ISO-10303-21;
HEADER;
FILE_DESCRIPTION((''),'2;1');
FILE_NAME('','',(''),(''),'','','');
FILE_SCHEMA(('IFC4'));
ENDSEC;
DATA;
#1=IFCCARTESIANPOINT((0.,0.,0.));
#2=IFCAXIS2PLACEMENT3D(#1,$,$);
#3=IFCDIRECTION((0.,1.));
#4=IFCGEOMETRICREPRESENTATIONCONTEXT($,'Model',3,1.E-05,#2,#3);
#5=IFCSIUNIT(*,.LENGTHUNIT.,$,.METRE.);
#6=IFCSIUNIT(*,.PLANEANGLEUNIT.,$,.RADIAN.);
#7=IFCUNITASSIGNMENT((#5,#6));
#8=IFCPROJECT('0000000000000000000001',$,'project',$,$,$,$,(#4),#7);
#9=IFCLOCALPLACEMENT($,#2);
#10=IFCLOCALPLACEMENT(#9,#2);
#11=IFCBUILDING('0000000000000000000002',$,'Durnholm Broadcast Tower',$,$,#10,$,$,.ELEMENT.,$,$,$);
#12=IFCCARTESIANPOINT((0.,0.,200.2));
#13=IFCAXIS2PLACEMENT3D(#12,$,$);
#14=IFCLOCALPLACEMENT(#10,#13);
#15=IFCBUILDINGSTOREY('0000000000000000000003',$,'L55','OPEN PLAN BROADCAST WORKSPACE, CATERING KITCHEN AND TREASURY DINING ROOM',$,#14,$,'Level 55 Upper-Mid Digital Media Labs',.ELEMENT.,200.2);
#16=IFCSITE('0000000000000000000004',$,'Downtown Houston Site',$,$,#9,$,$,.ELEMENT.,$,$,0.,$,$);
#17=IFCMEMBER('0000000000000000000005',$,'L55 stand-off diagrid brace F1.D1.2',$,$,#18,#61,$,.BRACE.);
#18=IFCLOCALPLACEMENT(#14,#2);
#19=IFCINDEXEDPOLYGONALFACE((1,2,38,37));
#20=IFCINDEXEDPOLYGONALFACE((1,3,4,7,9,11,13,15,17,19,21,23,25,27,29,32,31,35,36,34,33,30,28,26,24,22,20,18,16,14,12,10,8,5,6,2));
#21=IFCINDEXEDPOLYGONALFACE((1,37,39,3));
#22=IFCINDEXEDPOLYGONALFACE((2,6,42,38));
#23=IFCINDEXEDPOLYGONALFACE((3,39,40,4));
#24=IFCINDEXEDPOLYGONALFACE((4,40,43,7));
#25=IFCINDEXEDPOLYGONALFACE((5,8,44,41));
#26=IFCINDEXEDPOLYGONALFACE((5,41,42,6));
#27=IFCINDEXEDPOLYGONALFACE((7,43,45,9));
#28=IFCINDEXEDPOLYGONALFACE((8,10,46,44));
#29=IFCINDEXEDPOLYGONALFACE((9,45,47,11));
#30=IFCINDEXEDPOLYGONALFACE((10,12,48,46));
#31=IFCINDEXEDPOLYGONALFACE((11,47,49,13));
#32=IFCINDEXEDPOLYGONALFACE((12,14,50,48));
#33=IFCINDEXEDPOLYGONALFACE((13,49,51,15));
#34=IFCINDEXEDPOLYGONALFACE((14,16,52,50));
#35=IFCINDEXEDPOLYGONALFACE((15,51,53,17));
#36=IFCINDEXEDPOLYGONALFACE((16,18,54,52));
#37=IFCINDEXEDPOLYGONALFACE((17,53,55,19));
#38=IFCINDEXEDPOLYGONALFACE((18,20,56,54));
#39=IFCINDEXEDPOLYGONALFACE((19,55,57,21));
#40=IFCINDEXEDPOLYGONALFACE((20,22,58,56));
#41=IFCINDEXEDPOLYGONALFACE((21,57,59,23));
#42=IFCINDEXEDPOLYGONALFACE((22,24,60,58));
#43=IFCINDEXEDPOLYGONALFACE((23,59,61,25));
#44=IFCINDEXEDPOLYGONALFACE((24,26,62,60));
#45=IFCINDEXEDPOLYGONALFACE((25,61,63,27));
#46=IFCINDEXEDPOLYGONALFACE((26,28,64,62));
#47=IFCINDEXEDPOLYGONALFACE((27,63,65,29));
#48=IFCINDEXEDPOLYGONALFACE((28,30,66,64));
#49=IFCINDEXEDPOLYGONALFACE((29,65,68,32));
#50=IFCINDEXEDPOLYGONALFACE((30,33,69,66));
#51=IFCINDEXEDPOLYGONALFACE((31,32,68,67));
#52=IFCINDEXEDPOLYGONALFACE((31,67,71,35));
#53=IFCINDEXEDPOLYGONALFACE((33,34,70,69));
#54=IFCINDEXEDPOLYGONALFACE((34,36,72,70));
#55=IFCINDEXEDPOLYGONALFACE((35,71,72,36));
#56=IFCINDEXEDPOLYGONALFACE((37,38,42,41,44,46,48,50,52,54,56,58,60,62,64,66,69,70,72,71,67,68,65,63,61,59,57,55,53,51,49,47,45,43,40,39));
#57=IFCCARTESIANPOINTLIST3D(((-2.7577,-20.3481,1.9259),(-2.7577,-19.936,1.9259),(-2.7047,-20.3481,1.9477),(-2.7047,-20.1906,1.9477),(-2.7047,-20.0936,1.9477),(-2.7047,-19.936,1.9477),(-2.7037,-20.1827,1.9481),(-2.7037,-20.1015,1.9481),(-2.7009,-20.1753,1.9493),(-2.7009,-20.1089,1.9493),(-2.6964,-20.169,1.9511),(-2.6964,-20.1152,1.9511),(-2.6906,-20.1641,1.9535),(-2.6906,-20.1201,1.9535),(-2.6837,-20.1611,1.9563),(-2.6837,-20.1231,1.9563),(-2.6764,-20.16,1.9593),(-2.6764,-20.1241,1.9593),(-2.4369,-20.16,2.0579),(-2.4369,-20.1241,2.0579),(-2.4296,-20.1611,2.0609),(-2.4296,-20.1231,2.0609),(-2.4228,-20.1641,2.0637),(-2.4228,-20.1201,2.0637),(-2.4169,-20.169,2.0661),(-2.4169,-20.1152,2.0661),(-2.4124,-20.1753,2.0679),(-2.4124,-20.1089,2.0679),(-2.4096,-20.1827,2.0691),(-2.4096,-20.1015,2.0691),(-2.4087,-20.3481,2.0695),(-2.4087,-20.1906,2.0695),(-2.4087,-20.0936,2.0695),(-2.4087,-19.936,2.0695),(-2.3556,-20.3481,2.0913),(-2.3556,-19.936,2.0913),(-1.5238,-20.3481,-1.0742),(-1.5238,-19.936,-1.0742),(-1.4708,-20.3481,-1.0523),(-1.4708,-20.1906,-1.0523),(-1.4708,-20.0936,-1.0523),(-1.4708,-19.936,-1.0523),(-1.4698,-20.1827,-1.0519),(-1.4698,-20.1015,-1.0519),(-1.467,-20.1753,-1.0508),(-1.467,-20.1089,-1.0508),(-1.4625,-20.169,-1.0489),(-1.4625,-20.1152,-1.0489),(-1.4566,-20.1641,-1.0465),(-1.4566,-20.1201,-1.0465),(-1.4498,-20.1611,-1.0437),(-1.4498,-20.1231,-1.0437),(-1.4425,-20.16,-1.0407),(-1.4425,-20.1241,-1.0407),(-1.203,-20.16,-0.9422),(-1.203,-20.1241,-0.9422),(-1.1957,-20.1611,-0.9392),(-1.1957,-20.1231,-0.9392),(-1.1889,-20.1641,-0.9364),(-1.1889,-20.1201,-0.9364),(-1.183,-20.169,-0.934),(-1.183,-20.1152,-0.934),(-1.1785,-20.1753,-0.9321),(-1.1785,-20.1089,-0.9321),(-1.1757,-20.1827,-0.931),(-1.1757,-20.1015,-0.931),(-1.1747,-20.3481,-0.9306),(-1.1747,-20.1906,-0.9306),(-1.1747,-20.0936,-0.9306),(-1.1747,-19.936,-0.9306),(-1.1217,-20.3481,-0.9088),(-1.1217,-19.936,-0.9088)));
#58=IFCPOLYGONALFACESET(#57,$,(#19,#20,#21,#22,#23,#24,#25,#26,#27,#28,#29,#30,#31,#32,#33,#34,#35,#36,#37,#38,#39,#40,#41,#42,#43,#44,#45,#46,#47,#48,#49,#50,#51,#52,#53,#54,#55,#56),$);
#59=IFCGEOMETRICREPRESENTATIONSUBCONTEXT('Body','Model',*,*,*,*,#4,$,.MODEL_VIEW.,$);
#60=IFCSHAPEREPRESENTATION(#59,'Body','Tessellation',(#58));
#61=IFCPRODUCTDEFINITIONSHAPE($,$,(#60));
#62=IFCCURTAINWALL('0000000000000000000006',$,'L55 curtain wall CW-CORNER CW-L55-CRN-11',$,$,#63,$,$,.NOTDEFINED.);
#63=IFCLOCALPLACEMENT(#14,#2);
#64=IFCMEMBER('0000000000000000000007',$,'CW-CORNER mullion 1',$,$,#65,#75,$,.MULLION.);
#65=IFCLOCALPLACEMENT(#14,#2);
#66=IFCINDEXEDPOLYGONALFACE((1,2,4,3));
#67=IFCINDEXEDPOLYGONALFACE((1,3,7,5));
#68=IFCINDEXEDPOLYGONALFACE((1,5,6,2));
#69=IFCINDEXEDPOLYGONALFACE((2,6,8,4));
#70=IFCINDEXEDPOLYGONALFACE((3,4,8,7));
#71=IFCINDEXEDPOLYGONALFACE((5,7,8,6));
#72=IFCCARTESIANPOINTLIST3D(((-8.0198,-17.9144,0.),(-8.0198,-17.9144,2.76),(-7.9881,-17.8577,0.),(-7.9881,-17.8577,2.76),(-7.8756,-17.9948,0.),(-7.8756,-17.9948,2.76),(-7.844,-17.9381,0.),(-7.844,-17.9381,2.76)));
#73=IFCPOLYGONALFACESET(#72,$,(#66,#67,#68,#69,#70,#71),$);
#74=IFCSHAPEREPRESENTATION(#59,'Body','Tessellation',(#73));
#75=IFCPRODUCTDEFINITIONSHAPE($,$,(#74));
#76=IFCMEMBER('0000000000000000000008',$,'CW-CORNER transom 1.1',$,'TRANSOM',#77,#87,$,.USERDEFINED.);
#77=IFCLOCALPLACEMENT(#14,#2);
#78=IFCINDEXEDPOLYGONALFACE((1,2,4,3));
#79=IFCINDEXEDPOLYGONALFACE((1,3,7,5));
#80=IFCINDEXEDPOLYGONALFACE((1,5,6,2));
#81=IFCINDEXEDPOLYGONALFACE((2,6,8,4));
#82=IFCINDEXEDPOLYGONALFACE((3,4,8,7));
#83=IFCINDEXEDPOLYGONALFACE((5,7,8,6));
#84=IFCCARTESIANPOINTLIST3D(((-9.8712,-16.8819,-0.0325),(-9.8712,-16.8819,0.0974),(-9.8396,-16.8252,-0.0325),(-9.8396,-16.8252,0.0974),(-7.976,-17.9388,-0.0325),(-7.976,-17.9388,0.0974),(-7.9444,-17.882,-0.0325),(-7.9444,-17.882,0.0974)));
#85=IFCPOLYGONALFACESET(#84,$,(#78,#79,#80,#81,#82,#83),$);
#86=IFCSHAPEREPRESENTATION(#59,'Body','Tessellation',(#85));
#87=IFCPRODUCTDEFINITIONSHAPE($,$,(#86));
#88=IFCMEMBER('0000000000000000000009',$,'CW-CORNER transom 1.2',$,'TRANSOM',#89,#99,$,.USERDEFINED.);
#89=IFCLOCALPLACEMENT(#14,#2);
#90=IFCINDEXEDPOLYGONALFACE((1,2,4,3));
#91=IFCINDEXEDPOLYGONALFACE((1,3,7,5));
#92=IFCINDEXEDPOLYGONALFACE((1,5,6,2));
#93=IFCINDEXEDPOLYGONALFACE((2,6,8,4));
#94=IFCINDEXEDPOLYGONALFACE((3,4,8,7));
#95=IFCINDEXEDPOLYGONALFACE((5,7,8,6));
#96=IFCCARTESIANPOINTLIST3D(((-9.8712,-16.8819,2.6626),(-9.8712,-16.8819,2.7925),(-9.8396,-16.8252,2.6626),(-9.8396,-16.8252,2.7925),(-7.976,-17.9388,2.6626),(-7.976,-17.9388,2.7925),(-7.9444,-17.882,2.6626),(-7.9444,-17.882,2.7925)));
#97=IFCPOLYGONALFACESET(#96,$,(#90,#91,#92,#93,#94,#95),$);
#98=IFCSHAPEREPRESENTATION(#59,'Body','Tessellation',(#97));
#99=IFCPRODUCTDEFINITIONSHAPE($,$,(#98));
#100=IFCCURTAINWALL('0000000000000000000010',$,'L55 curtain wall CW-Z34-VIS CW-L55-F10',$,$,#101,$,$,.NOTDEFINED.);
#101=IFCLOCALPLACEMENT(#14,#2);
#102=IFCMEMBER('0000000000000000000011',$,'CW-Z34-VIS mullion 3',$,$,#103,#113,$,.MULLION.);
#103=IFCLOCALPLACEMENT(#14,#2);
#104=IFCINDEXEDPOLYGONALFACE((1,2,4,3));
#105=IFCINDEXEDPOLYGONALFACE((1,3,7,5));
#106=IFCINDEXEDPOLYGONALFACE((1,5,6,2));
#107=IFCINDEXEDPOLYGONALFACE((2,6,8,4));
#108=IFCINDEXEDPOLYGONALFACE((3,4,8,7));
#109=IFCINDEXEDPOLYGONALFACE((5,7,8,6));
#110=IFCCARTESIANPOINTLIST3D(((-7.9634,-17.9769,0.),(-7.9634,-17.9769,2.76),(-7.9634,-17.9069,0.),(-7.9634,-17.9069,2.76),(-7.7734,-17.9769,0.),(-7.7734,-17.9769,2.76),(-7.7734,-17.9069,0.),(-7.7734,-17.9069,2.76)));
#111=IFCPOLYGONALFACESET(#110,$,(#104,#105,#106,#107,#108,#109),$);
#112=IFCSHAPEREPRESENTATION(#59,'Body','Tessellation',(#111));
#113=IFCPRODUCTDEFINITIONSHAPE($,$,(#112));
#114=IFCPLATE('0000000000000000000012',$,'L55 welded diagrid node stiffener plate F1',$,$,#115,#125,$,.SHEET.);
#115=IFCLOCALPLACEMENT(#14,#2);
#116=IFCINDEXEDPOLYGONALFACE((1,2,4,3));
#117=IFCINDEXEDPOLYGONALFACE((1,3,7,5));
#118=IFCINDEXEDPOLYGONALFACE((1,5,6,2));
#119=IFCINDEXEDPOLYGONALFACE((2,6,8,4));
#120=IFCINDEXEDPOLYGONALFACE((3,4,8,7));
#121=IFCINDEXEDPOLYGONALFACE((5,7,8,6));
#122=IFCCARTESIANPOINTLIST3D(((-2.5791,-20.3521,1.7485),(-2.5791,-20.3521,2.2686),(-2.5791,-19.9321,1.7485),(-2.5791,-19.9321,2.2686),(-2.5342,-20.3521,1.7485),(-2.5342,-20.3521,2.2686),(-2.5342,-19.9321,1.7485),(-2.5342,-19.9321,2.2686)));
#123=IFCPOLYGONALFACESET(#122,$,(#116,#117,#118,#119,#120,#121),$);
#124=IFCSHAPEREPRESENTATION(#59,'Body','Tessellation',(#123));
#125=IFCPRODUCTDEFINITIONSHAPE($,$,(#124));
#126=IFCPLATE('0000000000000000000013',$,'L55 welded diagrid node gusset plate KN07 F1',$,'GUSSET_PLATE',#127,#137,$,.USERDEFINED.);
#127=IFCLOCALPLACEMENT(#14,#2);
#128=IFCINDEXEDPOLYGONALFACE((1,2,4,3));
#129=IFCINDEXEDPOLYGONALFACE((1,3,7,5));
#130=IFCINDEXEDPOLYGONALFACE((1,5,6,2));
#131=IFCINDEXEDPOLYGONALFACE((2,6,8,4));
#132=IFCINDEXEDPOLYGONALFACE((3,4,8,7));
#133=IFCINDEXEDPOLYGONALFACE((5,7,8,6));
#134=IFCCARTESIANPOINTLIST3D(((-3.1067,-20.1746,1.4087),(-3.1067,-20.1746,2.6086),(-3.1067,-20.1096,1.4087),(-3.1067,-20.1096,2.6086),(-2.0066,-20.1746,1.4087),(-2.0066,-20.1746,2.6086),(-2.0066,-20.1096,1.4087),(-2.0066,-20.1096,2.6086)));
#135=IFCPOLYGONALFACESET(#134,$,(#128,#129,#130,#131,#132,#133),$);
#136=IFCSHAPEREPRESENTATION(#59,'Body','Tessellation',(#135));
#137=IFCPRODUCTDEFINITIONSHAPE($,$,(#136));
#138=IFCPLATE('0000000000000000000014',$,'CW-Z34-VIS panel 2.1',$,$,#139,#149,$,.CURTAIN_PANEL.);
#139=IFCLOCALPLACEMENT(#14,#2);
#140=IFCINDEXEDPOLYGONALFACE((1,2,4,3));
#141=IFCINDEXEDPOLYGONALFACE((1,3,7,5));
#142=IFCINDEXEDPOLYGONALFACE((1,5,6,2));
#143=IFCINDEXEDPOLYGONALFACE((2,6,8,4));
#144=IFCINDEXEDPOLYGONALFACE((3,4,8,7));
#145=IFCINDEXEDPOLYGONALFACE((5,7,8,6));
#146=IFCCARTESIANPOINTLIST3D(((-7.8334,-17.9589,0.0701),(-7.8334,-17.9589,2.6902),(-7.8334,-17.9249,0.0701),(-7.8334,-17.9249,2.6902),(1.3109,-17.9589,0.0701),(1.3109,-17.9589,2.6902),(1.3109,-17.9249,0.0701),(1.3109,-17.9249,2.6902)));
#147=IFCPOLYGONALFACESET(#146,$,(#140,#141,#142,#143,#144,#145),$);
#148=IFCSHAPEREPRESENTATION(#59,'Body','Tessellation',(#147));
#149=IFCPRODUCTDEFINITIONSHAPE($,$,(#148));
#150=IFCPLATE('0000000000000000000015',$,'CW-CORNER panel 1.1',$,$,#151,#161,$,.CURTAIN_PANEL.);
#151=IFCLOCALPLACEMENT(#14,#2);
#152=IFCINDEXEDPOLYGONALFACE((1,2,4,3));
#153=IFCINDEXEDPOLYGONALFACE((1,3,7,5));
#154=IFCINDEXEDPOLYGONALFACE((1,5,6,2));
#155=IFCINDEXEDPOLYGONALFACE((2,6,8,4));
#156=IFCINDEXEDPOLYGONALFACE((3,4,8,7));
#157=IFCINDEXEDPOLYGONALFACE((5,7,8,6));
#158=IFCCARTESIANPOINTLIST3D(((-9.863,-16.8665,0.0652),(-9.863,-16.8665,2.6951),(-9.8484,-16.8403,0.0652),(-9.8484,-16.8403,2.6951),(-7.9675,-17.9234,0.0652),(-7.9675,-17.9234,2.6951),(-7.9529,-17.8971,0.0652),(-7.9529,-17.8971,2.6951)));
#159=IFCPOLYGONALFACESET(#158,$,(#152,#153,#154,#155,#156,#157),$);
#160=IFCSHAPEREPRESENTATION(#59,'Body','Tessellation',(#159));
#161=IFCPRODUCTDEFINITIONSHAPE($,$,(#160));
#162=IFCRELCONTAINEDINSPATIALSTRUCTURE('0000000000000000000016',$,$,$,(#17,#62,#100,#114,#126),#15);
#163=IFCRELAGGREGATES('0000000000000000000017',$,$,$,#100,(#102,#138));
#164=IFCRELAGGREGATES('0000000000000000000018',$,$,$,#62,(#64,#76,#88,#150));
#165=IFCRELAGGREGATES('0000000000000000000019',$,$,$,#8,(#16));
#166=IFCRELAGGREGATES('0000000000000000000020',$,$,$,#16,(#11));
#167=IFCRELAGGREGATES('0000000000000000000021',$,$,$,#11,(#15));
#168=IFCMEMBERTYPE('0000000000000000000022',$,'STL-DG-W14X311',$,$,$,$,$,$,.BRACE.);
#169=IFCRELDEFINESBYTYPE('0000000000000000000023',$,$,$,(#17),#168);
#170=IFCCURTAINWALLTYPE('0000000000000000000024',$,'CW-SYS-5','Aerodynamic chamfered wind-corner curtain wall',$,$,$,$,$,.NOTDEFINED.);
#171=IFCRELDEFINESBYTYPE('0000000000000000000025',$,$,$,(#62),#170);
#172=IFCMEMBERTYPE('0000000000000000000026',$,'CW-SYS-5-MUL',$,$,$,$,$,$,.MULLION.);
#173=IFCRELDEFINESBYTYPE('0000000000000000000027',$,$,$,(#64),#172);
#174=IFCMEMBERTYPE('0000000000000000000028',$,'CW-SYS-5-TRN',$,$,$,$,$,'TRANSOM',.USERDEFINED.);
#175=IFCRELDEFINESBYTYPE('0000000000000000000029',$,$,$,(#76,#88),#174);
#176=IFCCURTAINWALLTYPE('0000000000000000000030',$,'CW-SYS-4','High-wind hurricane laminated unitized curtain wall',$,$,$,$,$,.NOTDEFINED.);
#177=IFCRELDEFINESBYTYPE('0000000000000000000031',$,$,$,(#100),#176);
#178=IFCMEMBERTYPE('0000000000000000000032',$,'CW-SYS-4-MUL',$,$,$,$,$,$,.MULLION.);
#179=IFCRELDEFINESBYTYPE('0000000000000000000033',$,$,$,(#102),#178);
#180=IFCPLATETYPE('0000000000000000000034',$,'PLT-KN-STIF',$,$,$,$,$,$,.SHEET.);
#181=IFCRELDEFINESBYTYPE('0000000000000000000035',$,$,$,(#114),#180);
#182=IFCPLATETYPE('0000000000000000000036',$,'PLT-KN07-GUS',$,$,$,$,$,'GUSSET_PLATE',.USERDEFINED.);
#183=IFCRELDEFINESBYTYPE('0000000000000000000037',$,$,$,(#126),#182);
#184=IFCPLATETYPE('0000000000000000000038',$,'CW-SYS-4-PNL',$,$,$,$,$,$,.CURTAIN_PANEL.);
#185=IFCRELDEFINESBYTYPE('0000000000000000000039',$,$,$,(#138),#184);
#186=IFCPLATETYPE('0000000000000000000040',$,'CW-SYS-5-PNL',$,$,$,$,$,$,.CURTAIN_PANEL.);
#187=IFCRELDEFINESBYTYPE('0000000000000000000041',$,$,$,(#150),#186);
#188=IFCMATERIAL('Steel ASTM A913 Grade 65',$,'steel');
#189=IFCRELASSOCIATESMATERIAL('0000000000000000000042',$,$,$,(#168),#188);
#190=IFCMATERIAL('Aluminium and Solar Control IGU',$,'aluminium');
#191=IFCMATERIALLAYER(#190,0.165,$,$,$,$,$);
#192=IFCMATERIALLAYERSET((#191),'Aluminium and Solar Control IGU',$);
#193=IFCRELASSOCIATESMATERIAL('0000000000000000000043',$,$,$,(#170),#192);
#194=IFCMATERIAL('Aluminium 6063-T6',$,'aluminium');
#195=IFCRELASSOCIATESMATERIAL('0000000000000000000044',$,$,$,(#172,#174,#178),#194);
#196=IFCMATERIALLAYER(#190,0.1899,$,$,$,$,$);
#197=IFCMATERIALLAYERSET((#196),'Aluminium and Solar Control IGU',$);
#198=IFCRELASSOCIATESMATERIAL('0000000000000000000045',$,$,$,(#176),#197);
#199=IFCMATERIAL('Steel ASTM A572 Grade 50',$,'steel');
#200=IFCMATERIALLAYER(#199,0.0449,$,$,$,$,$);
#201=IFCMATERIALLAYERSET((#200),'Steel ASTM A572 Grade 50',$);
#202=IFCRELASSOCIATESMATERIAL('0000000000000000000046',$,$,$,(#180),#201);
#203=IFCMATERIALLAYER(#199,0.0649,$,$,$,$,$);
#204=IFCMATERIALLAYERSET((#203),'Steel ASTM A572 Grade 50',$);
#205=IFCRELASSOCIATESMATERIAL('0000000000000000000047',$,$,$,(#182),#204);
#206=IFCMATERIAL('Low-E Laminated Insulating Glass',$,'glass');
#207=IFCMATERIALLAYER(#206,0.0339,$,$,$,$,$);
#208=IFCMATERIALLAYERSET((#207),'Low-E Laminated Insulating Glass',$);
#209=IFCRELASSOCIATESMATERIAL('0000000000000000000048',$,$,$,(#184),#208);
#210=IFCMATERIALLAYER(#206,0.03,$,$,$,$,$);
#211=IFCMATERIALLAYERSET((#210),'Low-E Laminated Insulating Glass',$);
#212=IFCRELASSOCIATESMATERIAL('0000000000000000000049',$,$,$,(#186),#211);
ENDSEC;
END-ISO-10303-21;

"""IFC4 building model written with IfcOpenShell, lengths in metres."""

from ifc_helpers import new_model, si_unit, direction, frame, origin, origin_2d, place, context, subcontext, project, spatial, rectangle, i_section, extrude, source, transform, mapped, material, layer, layer_set, material_profile, profile_set, type_object, type_shapes, element, aggregate, save


model = new_model("IFC4")

# Units and contexts
model_context = context("Model", 3, precision=1e-05, world=origin(), true_north=direction((0.0, 1.0)))
body_context = subcontext(model_context, "Body", "Model", "MODEL_VIEW")
ifc_project = project(units=[si_unit("LENGTHUNIT", "METRE"), si_unit("PLANEANGLEUNIT", "RADIAN")], contexts=[model_context])

# Site, building, storey
site_placement = place(None, origin())
site = spatial("IfcSite", under=ifc_project, at=site_placement, Name="Downtown Houston Site", CompositionType="ELEMENT", RefElevation=0.0)
building_placement = place(site_placement, origin())
building = spatial("IfcBuilding", under=site, at=building_placement, Name="Durnholm Broadcast Tower", CompositionType="ELEMENT")
storey_placement = place(building_placement, frame((0.0, 0.0, 200.2)))
storey = spatial("IfcBuildingStorey", under=building, at=storey_placement, Name="L55", Description="OPEN PLAN BROADCAST WORKSPACE, CATERING KITCHEN AND TREASURY DINING ROOM", LongName="Level 55 Upper-Mid Digital Media Labs", CompositionType="ELEMENT", Elevation=200.2)

# Member
ifc_material_1 = material(Name="Steel ASTM A913 Grade 65", Category="steel")
ifc_material_profile_1 = material_profile(ifc_material_1, i_section(OverallWidth=0.4121, OverallDepth=0.4348, WebThickness=0.0359, FlangeThickness=0.0574, FilletRadius=0.0305, at=origin_2d()), Name="W14X311")
ifc_profile_set_1 = profile_set([ifc_material_profile_1], Name="Steel ASTM A913 Grade 65")
member_type_1 = type_object("IfcMemberType", Name="STL-DG-W14X311", PredefinedType="BRACE", material=ifc_profile_set_1)
shared_shape_1 = source(origin(), body_context, "Body", "SweptSolid", [
    extrude(i_section(OverallWidth=0.4121, OverallDepth=0.4348, WebThickness=0.0359, FlangeThickness=0.0574, FilletRadius=0.0305, at=origin_2d()), origin(), (0.0, 0.0, 1.0), 3.2439),
])
member_1_placement = place(storey_placement, frame((-1.3228, -20.1421, -0.9915), z_axis=(-0.380379, 0.0, 0.924831), x_axis=(0.0, -1.0, 0.0)))
element("IfcMember", 1, at=member_1_placement, inside=storey, type_object=member_type_1, Name="L55 stand-off diagrid brace F1.D1.2", PredefinedType="BRACE", context=body_context, shape_type="MappedRepresentation", body=[
    mapped(shared_shape_1, transform((0.0, 0.0, 0.0), x_axis=(1.0, 0.0, 0.0), y_axis=(0.0, 1.0, 0.0), z_axis=(0.0, 0.0, 1.0), scale=1.0)),
])

# Curtain wall, members
ifc_material_2 = material(Name="Aluminium and Solar Control IGU", Category="aluminium")
ifc_layer_1 = layer(ifc_material_2, 0.165)
ifc_layer_set_1 = layer_set([ifc_layer_1], Name="Aluminium and Solar Control IGU")
curtain_wall_type_1 = type_object("IfcCurtainWallType", Name="CW-SYS-5", Description="Aerodynamic chamfered wind-corner curtain wall", PredefinedType="NOTDEFINED", material=ifc_layer_set_1)
curtain_wall_1_placement = place(storey_placement, origin())
curtain_wall_1 = element("IfcCurtainWall", 2, at=curtain_wall_1_placement, inside=storey, type_object=curtain_wall_type_1, Name="L55 curtain wall CW-CORNER CW-L55-CRN-11", PredefinedType="NOTDEFINED")
ifc_material_3 = material(Name="Aluminium 6063-T6", Category="aluminium")
ifc_material_profile_2 = material_profile(ifc_material_3, rectangle(XDim=0.0649, YDim=0.165, at=origin_2d()), Name="CWM65X165")
ifc_profile_set_2 = profile_set([ifc_material_profile_2], Name="Aluminium 6063-T6")
member_type_2 = type_object("IfcMemberType", Name="CW-SYS-5-MUL", PredefinedType="MULLION", material=ifc_profile_set_2)
shared_shape_2 = source(origin(), body_context, "Body", "SweptSolid", [
    extrude(rectangle(XDim=0.0649, YDim=0.165, at=origin_2d()), origin(), (0.0, 0.0, 1.0), 2.76),
])
type_shapes(member_type_2, [shared_shape_2])
member_2_placement = place(storey_placement, frame((-7.9319, -17.9263, 0.0), z_axis=(0.0, 0.0, 1.0), x_axis=(-0.486986, -0.87341, 0.0)))
member_2 = element("IfcMember", 3, at=member_2_placement, type_object=member_type_2, Name="CW-CORNER mullion 1", PredefinedType="MULLION", context=body_context, shape_type="MappedRepresentation", body=[
    mapped(shared_shape_2, transform((0.0, 0.0, 0.0), x_axis=(1.0, 0.0, 0.0), y_axis=(0.0, 1.0, 0.0), z_axis=(0.0, 0.0, 1.0), scale=1.0)),
])
ifc_material_profile_3 = material_profile(ifc_material_3, rectangle(XDim=0.0649, YDim=0.1299, at=origin_2d()), Name="CWT65X130")
ifc_profile_set_3 = profile_set([ifc_material_profile_3], Name="Aluminium 6063-T6")
member_type_3 = type_object("IfcMemberType", Name="CW-SYS-5-TRN", ElementType="TRANSOM", PredefinedType="USERDEFINED", material=ifc_profile_set_3)
shared_shape_3 = source(origin(), body_context, "Body", "SweptSolid", [
    extrude(rectangle(XDim=0.0649, YDim=0.1299, at=origin_2d()), origin(), (0.0, 0.0, 1.0), 2.1699),
])
type_shapes(member_type_3, [shared_shape_3])
member_3_placement = place(storey_placement, frame((-7.9602, -17.9104, 0.0325), z_axis=(-0.873381, 0.487037, 0.0), x_axis=(-0.487037, -0.873381, 0.0)))
member_3 = element("IfcMember", 4, at=member_3_placement, type_object=member_type_3, Name="CW-CORNER transom 1.1", ObjectType="TRANSOM", PredefinedType="USERDEFINED", context=body_context, shape_type="MappedRepresentation", body=[
    mapped(shared_shape_3, transform((0.0, 0.0, 0.0), x_axis=(1.0, 0.0, 0.0), y_axis=(0.0, 1.0, 0.0), z_axis=(0.0, 0.0, 1.0), scale=1.0)),
])
member_4_placement = place(storey_placement, frame((-7.9602, -17.9104, 2.7275), z_axis=(-0.873381, 0.487037, 0.0), x_axis=(-0.487037, -0.873381, 0.0)))
member_4 = element("IfcMember", 5, at=member_4_placement, type_object=member_type_3, Name="CW-CORNER transom 1.2", ObjectType="TRANSOM", PredefinedType="USERDEFINED", context=body_context, shape_type="MappedRepresentation", body=[
    mapped(shared_shape_3, transform((0.0, 0.0, 0.0), x_axis=(1.0, 0.0, 0.0), y_axis=(0.0, 1.0, 0.0), z_axis=(0.0, 0.0, 1.0), scale=1.0)),
])

# Curtain wall, member
ifc_layer_2 = layer(ifc_material_2, 0.1899)
ifc_layer_set_2 = layer_set([ifc_layer_2], Name="Aluminium and Solar Control IGU")
curtain_wall_type_2 = type_object("IfcCurtainWallType", Name="CW-SYS-4", Description="High-wind hurricane laminated unitized curtain wall", PredefinedType="NOTDEFINED", material=ifc_layer_set_2)
curtain_wall_2_placement = place(storey_placement, origin())
curtain_wall_2 = element("IfcCurtainWall", 6, at=curtain_wall_2_placement, inside=storey, type_object=curtain_wall_type_2, Name="L55 curtain wall CW-Z34-VIS CW-L55-F10", PredefinedType="NOTDEFINED")
ifc_material_profile_4 = material_profile(ifc_material_3, rectangle(XDim=0.0701, YDim=0.1899, at=origin_2d()), Name="CWM70X190")
ifc_profile_set_4 = profile_set([ifc_material_profile_4], Name="Aluminium 6063-T6")
member_type_4 = type_object("IfcMemberType", Name="CW-SYS-4-MUL", PredefinedType="MULLION", material=ifc_profile_set_4)
shared_shape_4 = source(origin(), body_context, "Body", "SweptSolid", [
    extrude(rectangle(XDim=0.0701, YDim=0.1899, at=origin_2d()), origin(), (0.0, 0.0, 1.0), 2.76),
])
type_shapes(member_type_4, [shared_shape_4])
member_5_placement = place(storey_placement, frame((-7.8684, -17.9419, 0.0), z_axis=(0.0, 0.0, 1.0), x_axis=(0.0, -1.0, 0.0)))
member_5 = element("IfcMember", 7, at=member_5_placement, type_object=member_type_4, Name="CW-Z34-VIS mullion 3", PredefinedType="MULLION", context=body_context, shape_type="MappedRepresentation", body=[
    mapped(shared_shape_4, transform((0.0, 0.0, 0.0), x_axis=(1.0, 0.0, 0.0), y_axis=(0.0, 1.0, 0.0), z_axis=(0.0, 0.0, 1.0), scale=1.0)),
])

# Plates
ifc_material_4 = material(Name="Steel ASTM A572 Grade 50", Category="steel")
ifc_layer_3 = layer(ifc_material_4, 0.0449)
ifc_layer_set_3 = layer_set([ifc_layer_3], Name="Steel ASTM A572 Grade 50")
plate_type_1 = type_object("IfcPlateType", Name="PLT-KN-STIF", PredefinedType="SHEET", material=ifc_layer_set_3)
shared_shape_5 = source(origin(), body_context, "Body", "SweptSolid", [
    extrude(rectangle(XDim=0.0449, YDim=0.4199, at=origin_2d()), origin(), (0.0, 0.0, 1.0), 0.52),
])
type_shapes(plate_type_1, [shared_shape_5])
plate_1_placement = place(storey_placement, frame((-2.5566, -20.1421, 1.7485), z_axis=(0.0, 0.0, 1.0), x_axis=(1.0, 0.0, 0.0)))
element("IfcPlate", 8, at=plate_1_placement, inside=storey, type_object=plate_type_1, Name="L55 welded diagrid node stiffener plate F1", PredefinedType="SHEET", context=body_context, shape_type="MappedRepresentation", body=[
    mapped(shared_shape_5, transform((0.0, 0.0, 0.0), x_axis=(1.0, 0.0, 0.0), y_axis=(0.0, 1.0, 0.0), z_axis=(0.0, 0.0, 1.0), scale=1.0)),
])
ifc_layer_4 = layer(ifc_material_4, 0.0649)
ifc_layer_set_4 = layer_set([ifc_layer_4], Name="Steel ASTM A572 Grade 50")
plate_type_2 = type_object("IfcPlateType", Name="PLT-KN07-GUS", ElementType="GUSSET_PLATE", PredefinedType="USERDEFINED", material=ifc_layer_set_4)
shared_shape_6 = source(origin(), body_context, "Body", "SweptSolid", [
    extrude(rectangle(XDim=1.1001, YDim=0.0649, at=origin_2d()), origin(), (0.0, 0.0, 1.0), 1.2),
])
type_shapes(plate_type_2, [shared_shape_6])
plate_2_placement = place(storey_placement, frame((-2.5566, -20.1421, 1.4087), z_axis=(0.0, 0.0, 1.0), x_axis=(1.0, 0.0, 0.0)))
element("IfcPlate", 9, at=plate_2_placement, inside=storey, type_object=plate_type_2, Name="L55 welded diagrid node gusset plate KN07 F1", ObjectType="GUSSET_PLATE", PredefinedType="USERDEFINED", context=body_context, shape_type="MappedRepresentation", body=[
    mapped(shared_shape_6, transform((0.0, 0.0, 0.0), x_axis=(1.0, 0.0, 0.0), y_axis=(0.0, 1.0, 0.0), z_axis=(0.0, 0.0, 1.0), scale=1.0)),
])

# Plates
ifc_material_5 = material(Name="Low-E Laminated Insulating Glass", Category="glass")
ifc_layer_5 = layer(ifc_material_5, 0.0339)
ifc_layer_set_5 = layer_set([ifc_layer_5], Name="Low-E Laminated Insulating Glass")
plate_type_3 = type_object("IfcPlateType", Name="CW-SYS-4-PNL", PredefinedType="CURTAIN_PANEL", material=ifc_layer_set_5)
shared_shape_7 = source(origin(), body_context, "Body", "SweptSolid", [
    extrude(rectangle(XDim=9.1443, YDim=0.0339, at=origin_2d()), origin(), (0.0, 0.0, 1.0), 2.6201),
])
type_shapes(plate_type_3, [shared_shape_7])
plate_3_placement = place(storey_placement, frame((-3.2612, -17.9419, 0.0701), z_axis=(0.0, 0.0, 1.0), x_axis=(-1.0, 0.0, 0.0)))
plate_3 = element("IfcPlate", 10, at=plate_3_placement, type_object=plate_type_3, Name="CW-Z34-VIS panel 2.1", PredefinedType="CURTAIN_PANEL", context=body_context, shape_type="MappedRepresentation", body=[
    mapped(shared_shape_7, transform((0.0, 0.0, 0.0), x_axis=(1.0, 0.0, 0.0), y_axis=(0.0, 1.0, 0.0), z_axis=(0.0, 0.0, 1.0), scale=1.0)),
])
aggregate(curtain_wall_2, [member_5, plate_3])
ifc_layer_6 = layer(ifc_material_5, 0.03)
ifc_layer_set_6 = layer_set([ifc_layer_6], Name="Low-E Laminated Insulating Glass")
plate_type_4 = type_object("IfcPlateType", Name="CW-SYS-5-PNL", PredefinedType="CURTAIN_PANEL", material=ifc_layer_set_6)
shared_shape_8 = source(origin(), body_context, "Body", "SweptSolid", [
    extrude(rectangle(XDim=2.1702, YDim=0.03, at=origin_2d()), origin(), (0.0, 0.0, 1.0), 2.6299),
])
type_shapes(plate_type_4, [shared_shape_8])
plate_4_placement = place(storey_placement, frame((-8.908, -17.3818, 0.0652), z_axis=(0.0, 0.0, 1.0), x_axis=(-0.87341, 0.486986, 0.0)))
plate_4 = element("IfcPlate", 11, at=plate_4_placement, type_object=plate_type_4, Name="CW-CORNER panel 1.1", PredefinedType="CURTAIN_PANEL", context=body_context, shape_type="MappedRepresentation", body=[
    mapped(shared_shape_8, transform((0.0, 0.0, 0.0), x_axis=(1.0, 0.0, 0.0), y_axis=(0.0, 1.0, 0.0), z_axis=(0.0, 0.0, 1.0), scale=1.0)),
])
aggregate(curtain_wall_1, [member_2, member_3, member_4, plate_4])

save(model, "model.ifc")
